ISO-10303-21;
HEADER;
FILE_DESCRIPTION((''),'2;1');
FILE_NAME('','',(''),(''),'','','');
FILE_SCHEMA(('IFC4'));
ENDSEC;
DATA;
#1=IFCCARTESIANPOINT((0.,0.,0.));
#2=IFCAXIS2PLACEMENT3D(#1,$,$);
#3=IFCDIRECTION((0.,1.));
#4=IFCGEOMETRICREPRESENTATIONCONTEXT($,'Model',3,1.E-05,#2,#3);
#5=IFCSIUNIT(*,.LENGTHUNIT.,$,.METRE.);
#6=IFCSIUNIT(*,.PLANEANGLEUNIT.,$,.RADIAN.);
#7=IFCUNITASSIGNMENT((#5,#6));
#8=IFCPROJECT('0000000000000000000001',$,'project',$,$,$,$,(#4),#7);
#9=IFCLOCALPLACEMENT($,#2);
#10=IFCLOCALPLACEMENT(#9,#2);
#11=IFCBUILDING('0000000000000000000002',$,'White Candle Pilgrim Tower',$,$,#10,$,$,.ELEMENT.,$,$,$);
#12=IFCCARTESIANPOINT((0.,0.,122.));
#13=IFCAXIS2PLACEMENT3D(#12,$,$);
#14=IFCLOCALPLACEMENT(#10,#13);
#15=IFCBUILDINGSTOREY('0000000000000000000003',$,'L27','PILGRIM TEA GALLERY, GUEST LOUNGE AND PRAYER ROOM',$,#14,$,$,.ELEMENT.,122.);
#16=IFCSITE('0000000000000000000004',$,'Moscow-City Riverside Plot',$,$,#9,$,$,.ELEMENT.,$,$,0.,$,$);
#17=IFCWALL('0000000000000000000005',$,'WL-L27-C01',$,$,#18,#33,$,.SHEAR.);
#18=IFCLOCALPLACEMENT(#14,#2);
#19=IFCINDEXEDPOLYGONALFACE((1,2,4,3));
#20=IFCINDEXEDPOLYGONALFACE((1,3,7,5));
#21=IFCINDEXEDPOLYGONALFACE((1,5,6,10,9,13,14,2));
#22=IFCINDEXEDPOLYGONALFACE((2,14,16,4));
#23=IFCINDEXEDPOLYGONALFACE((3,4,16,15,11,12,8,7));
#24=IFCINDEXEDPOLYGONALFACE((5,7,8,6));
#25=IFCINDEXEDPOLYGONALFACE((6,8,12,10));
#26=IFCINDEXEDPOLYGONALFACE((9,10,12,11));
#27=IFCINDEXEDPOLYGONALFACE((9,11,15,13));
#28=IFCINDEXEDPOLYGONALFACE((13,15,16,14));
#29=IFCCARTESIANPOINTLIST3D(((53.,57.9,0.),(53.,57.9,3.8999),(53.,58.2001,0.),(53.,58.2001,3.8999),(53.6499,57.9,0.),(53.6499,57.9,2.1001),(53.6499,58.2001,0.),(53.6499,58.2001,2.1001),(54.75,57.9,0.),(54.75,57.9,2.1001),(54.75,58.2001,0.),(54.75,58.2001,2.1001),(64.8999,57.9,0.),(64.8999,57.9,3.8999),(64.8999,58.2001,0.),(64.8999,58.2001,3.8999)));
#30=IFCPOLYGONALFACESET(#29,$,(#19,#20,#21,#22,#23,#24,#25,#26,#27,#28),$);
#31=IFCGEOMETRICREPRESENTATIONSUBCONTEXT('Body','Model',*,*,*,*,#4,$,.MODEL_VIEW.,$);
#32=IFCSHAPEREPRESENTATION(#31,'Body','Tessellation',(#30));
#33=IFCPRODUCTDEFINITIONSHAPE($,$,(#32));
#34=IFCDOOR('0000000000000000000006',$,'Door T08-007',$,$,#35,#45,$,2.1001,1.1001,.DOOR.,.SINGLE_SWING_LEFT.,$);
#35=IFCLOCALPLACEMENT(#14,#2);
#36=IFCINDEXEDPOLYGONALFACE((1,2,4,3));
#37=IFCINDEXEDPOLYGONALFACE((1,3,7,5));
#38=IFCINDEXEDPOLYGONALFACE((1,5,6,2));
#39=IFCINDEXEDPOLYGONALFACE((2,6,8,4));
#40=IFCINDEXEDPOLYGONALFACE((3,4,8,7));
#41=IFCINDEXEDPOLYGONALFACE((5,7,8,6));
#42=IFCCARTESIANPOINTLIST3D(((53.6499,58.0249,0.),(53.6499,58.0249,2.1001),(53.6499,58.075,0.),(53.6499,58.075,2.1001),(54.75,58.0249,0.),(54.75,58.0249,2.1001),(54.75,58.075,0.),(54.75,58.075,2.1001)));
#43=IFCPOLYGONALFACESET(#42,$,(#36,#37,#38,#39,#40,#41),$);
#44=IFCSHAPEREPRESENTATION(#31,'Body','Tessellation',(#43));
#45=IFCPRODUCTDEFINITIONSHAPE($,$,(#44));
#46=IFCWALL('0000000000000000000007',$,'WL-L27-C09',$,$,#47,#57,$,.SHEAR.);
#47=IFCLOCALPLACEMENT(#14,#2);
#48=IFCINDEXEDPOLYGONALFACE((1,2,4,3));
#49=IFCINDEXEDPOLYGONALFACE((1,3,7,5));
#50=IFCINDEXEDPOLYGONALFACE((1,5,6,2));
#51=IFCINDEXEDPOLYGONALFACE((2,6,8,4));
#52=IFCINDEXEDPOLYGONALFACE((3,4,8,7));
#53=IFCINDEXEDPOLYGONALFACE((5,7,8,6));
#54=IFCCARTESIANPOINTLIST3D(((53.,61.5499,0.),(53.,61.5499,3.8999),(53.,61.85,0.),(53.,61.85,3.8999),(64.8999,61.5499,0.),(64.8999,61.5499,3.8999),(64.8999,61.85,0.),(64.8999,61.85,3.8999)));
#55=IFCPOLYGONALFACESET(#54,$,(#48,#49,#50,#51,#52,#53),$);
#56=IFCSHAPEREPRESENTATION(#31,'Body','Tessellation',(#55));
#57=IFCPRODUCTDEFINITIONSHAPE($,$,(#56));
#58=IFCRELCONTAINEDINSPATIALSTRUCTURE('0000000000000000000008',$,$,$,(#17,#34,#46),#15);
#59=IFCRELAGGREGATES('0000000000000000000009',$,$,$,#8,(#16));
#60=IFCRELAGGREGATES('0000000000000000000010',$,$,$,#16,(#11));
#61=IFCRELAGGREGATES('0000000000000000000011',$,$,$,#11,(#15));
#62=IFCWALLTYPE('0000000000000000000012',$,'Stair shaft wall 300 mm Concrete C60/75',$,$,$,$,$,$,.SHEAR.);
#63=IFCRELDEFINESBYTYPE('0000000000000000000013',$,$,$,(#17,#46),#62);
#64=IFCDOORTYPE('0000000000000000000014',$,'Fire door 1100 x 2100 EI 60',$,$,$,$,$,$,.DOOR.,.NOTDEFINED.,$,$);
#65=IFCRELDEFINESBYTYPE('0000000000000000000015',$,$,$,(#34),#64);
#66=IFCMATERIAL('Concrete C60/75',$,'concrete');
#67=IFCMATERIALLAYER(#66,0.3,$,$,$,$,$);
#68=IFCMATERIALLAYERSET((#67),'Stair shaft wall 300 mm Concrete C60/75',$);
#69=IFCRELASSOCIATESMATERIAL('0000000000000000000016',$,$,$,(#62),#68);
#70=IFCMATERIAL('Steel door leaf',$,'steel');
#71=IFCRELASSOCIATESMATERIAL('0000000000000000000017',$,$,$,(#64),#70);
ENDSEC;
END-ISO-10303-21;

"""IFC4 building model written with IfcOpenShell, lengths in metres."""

from ifc_helpers import new_model, si_unit, direction, frame, frame_2d, origin, place, context, subcontext, project, spatial, rectangle, extrude, material, layer, layer_set, type_object, element, fill, save


model = new_model("IFC4")

# Units and contexts
model_context = context("Model", 3, precision=1e-05, world=origin(), true_north=direction((0.0, 1.0)))
body_context = subcontext(model_context, "Body", "Model", "MODEL_VIEW")
ifc_project = project(units=[si_unit("LENGTHUNIT", "METRE"), si_unit("PLANEANGLEUNIT", "RADIAN")], contexts=[model_context])

# Site, building, storey
site_placement = place(None, origin())
site = spatial("IfcSite", under=ifc_project, at=site_placement, Name="Moscow-City Riverside Plot", CompositionType="ELEMENT", RefElevation=0.0)
building_placement = place(site_placement, origin())
building = spatial("IfcBuilding", under=site, at=building_placement, Name="White Candle Pilgrim Tower", CompositionType="ELEMENT")
storey_placement = place(building_placement, frame((0.0, 0.0, 122.0)))
storey = spatial("IfcBuildingStorey", under=building, at=storey_placement, Name="L27", Description="PILGRIM TEA GALLERY, GUEST LOUNGE AND PRAYER ROOM", CompositionType="ELEMENT", Elevation=122.0)

# Shared definitions
ifc_material_1 = material(Name="Steel door leaf", Category="steel")

# Wall, opening, door
ifc_material_2 = material(Name="Concrete C60/75", Category="concrete")
ifc_layer_1 = layer(ifc_material_2, 0.3)
ifc_layer_set_1 = layer_set([ifc_layer_1], Name="Stair shaft wall 300 mm Concrete C60/75")
wall_type_1 = type_object("IfcWallType", Name="Stair shaft wall 300 mm Concrete C60/75", PredefinedType="SHEAR", material=ifc_layer_set_1)
wall_1_placement = place(storey_placement, frame((53.0, 58.05, 0.0), z_axis=(0.0, 0.0, 1.0), x_axis=(1.0, 0.0, 0.0)))
wall_1 = element("IfcWall", 1, at=wall_1_placement, inside=storey, type_object=wall_type_1, Name="WL-L27-C01", PredefinedType="SHEAR", context=body_context, shape_type="SweptSolid", body=[
    extrude(rectangle(XDim=11.8999, YDim=0.3, at=frame_2d((5.95, 0.0))), origin(), (0.0, 0.0, 1.0), 3.8999),
])
opening_1_placement = place(wall_1_placement, frame((0.6499, 0.0, 0.0)))
opening_1 = element("IfcOpeningElement", 2, at=opening_1_placement, cuts=wall_1, PredefinedType="OPENING", context=body_context, shape_type="SweptSolid", body=[
    extrude(rectangle(XDim=1.1001, YDim=2.1001, at=frame_2d((0.55, 1.05))), frame((0.0, 0.1599, 0.0), z_axis=(0.0, -1.0, 0.0), x_axis=(1.0, 0.0, 0.0)), (0.0, 0.0, 1.0), 0.3201),
])
door_type_1 = type_object("IfcDoorType", Name="Fire door 1100 x 2100 EI 60", OperationType="NOTDEFINED", PredefinedType="DOOR", material=ifc_material_1)
door_1_placement = place(opening_1_placement, origin())
door_1 = element("IfcDoor", 3, at=door_1_placement, inside=storey, type_object=door_type_1, Name="Door T08-007", OperationType="SINGLE_SWING_LEFT", OverallHeight=2.1001, OverallWidth=1.1001, PredefinedType="DOOR", context=body_context, shape_type="SweptSolid", body=[
    extrude(rectangle(XDim=1.1001, YDim=2.1001, at=frame_2d((0.55, 1.05))), frame((0.0, 0.0249, 0.0), z_axis=(0.0, -1.0, 0.0), x_axis=(1.0, 0.0, 0.0)), (0.0, 0.0, 1.0), 0.05),
])
fill(opening_1, door_1)

# Wall
wall_2_placement = place(storey_placement, frame((53.0, 61.7, 0.0), z_axis=(0.0, 0.0, 1.0), x_axis=(1.0, 0.0, 0.0)))
element("IfcWall", 4, at=wall_2_placement, inside=storey, type_object=wall_type_1, Name="WL-L27-C09", PredefinedType="SHEAR", context=body_context, shape_type="SweptSolid", body=[
    extrude(rectangle(XDim=11.8999, YDim=0.3, at=frame_2d((5.95, 0.0))), origin(), (0.0, 0.0, 1.0), 3.8999),
])

save(model, "model.ifc")
